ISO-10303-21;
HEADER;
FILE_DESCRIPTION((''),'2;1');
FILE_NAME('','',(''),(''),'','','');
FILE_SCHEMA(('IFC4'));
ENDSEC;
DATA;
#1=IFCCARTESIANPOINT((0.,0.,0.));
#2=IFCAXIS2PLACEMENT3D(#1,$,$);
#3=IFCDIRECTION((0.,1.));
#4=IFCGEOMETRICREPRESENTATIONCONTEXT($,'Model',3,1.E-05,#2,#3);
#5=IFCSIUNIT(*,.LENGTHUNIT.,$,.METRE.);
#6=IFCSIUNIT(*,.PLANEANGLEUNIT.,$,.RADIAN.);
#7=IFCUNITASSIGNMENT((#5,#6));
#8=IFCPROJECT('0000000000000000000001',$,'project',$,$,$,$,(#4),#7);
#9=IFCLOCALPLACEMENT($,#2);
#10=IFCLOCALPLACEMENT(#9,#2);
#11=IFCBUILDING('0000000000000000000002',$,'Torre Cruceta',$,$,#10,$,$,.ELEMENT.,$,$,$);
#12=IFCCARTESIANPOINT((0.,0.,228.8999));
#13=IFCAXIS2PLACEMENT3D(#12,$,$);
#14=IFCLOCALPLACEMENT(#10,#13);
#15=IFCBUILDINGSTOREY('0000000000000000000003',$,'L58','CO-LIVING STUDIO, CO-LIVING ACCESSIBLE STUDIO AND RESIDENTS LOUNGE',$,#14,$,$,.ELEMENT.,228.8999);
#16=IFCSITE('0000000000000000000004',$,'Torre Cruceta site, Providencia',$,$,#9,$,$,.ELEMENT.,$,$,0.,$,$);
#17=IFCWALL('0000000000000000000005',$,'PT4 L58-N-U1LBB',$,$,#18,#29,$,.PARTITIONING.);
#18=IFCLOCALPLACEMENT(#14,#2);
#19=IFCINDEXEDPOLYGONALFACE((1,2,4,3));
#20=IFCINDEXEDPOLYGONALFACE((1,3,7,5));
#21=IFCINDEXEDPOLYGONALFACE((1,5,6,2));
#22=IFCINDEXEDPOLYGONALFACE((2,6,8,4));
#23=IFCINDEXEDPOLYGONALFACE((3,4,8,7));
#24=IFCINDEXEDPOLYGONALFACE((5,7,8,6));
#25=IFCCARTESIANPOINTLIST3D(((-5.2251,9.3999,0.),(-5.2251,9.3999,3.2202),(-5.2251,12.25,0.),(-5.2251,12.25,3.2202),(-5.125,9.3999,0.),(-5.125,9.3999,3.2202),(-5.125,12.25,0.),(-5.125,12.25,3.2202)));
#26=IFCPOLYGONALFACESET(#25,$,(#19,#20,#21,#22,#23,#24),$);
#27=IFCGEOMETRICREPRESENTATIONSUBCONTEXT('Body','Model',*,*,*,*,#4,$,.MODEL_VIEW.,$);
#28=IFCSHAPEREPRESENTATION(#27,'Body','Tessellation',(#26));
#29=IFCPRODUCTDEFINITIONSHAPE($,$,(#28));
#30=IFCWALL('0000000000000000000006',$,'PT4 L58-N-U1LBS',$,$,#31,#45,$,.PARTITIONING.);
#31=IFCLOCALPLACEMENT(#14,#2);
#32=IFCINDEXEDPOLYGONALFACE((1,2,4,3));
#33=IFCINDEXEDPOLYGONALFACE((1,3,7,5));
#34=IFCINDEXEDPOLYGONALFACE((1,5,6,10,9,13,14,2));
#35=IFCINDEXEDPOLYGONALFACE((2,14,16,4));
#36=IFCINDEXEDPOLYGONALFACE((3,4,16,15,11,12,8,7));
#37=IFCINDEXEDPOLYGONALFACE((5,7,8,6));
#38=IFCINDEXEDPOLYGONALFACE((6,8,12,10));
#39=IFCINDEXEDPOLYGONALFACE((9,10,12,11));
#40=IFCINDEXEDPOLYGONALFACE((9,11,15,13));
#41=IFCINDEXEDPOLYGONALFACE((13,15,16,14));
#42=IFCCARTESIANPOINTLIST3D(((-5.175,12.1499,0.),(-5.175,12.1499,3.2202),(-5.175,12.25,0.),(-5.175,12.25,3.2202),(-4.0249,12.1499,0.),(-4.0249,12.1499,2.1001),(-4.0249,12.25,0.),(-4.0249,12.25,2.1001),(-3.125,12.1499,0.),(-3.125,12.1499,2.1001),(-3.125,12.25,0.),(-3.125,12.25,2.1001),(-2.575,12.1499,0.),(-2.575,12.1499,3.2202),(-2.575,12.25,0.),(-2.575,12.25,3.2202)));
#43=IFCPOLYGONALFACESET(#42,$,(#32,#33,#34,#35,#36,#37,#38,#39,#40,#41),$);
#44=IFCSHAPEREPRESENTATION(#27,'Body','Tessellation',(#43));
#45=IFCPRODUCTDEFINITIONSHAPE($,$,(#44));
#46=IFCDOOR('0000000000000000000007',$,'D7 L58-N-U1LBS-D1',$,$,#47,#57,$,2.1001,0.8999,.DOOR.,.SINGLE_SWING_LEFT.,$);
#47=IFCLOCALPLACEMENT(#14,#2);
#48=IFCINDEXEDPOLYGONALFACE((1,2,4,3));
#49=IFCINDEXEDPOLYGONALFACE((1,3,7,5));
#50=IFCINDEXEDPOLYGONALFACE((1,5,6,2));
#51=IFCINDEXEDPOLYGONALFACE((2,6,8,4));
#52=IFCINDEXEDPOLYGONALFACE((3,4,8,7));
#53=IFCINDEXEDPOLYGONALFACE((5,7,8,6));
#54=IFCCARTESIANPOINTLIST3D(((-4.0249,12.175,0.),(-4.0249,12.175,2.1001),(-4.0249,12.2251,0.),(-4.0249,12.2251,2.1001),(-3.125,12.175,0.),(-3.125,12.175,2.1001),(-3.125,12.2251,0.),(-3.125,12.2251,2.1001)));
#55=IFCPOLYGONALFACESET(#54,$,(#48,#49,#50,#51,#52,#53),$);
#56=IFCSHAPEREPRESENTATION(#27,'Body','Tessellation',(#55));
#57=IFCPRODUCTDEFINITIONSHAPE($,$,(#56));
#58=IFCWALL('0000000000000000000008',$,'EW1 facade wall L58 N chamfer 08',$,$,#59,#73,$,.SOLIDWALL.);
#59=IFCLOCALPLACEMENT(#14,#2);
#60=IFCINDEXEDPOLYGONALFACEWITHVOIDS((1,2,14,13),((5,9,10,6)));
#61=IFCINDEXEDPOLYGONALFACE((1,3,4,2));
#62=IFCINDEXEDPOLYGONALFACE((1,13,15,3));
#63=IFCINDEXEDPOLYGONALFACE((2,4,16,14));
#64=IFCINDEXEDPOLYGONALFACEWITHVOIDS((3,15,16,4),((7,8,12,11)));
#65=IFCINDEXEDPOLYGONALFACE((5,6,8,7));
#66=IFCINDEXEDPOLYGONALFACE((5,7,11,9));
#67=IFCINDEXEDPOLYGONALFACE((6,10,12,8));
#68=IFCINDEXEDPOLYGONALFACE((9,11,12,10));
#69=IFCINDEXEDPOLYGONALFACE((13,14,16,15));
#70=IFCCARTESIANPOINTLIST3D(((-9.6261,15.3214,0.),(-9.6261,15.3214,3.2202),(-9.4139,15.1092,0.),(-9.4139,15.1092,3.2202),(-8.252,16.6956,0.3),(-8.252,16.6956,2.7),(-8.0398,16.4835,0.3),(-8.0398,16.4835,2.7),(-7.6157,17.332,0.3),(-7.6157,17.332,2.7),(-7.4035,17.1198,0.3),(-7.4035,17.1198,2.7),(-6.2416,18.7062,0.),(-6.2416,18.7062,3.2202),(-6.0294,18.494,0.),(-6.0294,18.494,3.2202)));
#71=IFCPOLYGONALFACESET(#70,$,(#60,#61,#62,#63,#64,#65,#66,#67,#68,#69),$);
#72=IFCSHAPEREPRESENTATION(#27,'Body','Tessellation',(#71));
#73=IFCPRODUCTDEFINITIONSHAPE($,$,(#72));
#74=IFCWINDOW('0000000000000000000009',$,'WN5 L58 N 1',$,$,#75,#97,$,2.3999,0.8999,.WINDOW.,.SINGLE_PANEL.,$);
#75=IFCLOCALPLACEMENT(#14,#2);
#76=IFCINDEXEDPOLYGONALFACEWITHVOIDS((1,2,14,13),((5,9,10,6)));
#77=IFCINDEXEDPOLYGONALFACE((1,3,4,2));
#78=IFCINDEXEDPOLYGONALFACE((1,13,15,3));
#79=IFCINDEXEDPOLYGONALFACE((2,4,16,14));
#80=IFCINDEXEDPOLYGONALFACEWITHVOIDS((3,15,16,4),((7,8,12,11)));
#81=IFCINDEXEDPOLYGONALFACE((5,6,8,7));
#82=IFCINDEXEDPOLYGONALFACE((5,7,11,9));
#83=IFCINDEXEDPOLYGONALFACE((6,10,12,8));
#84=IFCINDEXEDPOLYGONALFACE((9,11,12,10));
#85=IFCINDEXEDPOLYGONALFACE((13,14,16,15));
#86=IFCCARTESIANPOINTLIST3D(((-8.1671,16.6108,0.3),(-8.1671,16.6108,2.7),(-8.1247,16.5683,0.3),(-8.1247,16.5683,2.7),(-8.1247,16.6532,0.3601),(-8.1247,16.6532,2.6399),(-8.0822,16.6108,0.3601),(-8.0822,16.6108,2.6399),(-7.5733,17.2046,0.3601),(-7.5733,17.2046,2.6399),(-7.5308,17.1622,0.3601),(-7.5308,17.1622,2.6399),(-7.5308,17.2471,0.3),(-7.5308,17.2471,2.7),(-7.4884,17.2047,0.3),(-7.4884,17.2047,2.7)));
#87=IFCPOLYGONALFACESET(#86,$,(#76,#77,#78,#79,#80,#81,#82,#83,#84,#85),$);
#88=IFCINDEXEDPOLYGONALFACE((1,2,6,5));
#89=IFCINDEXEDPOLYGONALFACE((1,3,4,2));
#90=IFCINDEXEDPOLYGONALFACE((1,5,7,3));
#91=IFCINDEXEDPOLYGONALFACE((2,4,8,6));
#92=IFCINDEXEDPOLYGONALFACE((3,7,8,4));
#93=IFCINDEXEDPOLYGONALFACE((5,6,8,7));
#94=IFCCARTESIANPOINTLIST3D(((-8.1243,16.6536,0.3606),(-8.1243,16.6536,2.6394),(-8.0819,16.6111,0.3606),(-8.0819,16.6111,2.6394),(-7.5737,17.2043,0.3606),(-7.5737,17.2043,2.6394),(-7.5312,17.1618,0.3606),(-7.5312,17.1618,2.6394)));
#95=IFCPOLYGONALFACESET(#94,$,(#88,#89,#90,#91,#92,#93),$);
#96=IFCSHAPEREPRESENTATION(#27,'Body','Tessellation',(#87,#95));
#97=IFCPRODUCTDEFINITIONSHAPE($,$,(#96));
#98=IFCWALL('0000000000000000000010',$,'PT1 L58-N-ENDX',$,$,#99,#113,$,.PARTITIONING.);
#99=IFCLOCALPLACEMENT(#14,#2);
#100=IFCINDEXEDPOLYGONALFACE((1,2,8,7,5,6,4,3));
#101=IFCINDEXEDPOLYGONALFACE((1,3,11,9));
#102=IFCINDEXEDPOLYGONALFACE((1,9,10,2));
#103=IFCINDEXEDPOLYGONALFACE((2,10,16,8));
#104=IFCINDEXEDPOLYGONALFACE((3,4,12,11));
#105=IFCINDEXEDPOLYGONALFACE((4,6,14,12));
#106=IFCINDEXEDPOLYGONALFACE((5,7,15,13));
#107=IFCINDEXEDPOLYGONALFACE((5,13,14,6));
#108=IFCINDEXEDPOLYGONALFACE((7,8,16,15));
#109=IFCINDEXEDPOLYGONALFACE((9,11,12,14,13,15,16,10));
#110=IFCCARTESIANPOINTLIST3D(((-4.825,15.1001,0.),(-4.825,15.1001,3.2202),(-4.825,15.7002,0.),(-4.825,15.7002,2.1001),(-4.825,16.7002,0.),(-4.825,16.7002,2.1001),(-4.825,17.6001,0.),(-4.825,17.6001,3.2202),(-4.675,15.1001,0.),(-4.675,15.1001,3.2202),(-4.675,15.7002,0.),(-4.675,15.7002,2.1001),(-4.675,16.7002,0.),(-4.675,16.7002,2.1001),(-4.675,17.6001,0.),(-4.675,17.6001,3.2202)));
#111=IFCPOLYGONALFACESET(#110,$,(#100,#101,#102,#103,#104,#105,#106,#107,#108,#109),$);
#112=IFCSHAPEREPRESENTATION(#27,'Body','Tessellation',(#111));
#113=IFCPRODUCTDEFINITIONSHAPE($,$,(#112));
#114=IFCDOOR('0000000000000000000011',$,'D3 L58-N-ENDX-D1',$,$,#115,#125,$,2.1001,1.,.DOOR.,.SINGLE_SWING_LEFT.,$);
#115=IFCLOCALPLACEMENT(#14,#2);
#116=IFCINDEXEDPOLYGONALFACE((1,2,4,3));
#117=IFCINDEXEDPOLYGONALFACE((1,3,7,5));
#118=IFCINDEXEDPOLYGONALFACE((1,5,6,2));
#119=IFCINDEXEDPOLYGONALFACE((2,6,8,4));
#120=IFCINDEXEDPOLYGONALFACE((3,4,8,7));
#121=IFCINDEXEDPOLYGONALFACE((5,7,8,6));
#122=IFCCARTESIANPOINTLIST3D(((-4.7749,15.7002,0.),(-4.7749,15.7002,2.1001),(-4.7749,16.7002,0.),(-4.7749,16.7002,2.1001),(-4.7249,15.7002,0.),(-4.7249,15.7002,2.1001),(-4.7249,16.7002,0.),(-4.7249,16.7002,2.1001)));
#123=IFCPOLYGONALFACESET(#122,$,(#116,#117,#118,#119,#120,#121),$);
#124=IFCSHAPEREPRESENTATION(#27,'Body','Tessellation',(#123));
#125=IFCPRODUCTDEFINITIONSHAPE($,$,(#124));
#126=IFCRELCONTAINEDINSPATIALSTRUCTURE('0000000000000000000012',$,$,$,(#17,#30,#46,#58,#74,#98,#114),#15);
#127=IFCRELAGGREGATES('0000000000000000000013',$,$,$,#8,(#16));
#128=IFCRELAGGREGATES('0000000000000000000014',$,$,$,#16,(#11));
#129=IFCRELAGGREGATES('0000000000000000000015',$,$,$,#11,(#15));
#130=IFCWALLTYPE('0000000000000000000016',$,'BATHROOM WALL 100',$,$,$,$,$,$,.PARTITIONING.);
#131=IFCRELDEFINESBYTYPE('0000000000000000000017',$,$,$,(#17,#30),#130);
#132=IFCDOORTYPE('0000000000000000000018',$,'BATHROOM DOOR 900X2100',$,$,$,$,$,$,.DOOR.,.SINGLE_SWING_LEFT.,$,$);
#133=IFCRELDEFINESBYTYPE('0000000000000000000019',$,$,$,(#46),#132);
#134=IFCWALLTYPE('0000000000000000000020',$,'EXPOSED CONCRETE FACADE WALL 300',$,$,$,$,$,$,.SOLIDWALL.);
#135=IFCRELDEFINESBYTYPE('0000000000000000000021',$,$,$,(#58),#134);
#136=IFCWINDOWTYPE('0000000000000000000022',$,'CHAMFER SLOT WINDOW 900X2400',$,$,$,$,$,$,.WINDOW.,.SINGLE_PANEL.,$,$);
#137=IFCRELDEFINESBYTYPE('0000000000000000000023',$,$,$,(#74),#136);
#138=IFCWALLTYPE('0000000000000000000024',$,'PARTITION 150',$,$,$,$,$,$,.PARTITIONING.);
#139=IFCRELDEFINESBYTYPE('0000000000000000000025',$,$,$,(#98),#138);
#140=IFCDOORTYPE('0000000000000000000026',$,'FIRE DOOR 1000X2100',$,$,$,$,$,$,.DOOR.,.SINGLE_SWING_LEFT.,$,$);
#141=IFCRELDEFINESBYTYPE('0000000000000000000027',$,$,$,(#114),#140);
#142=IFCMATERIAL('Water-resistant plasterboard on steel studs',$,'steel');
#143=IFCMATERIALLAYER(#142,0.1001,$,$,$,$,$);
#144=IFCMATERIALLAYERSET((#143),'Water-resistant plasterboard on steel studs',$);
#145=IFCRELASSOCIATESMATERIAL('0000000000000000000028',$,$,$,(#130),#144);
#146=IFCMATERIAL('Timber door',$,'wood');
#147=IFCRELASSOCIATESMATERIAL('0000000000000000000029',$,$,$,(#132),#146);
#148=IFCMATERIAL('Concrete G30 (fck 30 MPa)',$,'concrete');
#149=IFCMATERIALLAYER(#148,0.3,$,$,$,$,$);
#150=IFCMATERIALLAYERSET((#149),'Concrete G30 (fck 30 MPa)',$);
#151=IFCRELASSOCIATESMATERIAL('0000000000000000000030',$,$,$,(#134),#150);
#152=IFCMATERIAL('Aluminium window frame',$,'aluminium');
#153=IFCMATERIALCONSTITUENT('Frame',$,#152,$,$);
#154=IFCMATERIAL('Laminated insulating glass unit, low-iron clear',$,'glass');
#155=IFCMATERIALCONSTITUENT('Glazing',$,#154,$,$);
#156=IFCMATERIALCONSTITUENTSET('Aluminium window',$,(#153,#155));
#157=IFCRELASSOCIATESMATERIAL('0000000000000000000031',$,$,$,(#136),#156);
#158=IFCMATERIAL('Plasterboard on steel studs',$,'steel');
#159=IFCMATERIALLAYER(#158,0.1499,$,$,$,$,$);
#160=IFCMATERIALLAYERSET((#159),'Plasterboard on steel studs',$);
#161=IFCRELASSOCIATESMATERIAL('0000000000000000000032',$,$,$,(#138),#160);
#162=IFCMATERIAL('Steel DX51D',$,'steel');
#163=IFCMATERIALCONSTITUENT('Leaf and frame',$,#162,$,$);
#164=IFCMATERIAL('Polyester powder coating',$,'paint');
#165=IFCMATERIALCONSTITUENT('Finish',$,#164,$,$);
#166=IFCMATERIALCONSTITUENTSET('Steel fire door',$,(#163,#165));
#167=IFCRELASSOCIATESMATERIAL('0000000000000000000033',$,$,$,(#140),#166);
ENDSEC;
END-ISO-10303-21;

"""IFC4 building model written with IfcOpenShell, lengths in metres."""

from ifc_helpers import new_model, si_unit, direction, frame, frame_2d, origin, place, context, subcontext, project, spatial, rectangle, hollow_rectangle, extrude, material, layer, layer_set, constituent, constituent_set, type_object, element, fill, save


model = new_model("IFC4")

# Units and contexts
model_context = context("Model", 3, precision=1e-05, world=origin(), true_north=direction((0.0, 1.0)))
body_context = subcontext(model_context, "Body", "Model", "MODEL_VIEW")
ifc_project = project(units=[si_unit("LENGTHUNIT", "METRE"), si_unit("PLANEANGLEUNIT", "RADIAN")], contexts=[model_context])

# Site, building, storey
site_placement = place(None, origin())
site = spatial("IfcSite", under=ifc_project, at=site_placement, Name="Torre Cruceta site, Providencia", CompositionType="ELEMENT", RefElevation=0.0)
building_placement = place(site_placement, origin())
building = spatial("IfcBuilding", under=site, at=building_placement, Name="Torre Cruceta", CompositionType="ELEMENT")
storey_placement = place(building_placement, frame((0.0, 0.0, 228.8999)))
storey = spatial("IfcBuildingStorey", under=building, at=storey_placement, Name="L58", Description="CO-LIVING STUDIO, CO-LIVING ACCESSIBLE STUDIO AND RESIDENTS LOUNGE", CompositionType="ELEMENT", Elevation=228.8999)

# Wall
ifc_material_1 = material(Name="Water-resistant plasterboard on steel studs", Category="steel")
ifc_layer_1 = layer(ifc_material_1, 0.1001)
ifc_layer_set_1 = layer_set([ifc_layer_1], Name="Water-resistant plasterboard on steel studs")
wall_type_1 = type_object("IfcWallType", Name="BATHROOM WALL 100", PredefinedType="PARTITIONING", material=ifc_layer_set_1)
wall_1_placement = place(storey_placement, frame((-5.175, 9.3999, 0.0), z_axis=(0.0, 0.0, 1.0), x_axis=(0.0, 1.0, 0.0)))
element("IfcWall", 1, at=wall_1_placement, inside=storey, type_object=wall_type_1, Name="PT4 L58-N-U1LBB", PredefinedType="PARTITIONING", context=body_context, shape_type="SweptSolid", body=[
    extrude(rectangle(XDim=2.8501, YDim=0.1001, at=frame_2d((1.425, 0.0))), origin(), (0.0, 0.0, 1.0), 3.2202),
])

# Wall, opening, door
wall_2_placement = place(storey_placement, frame((-2.575, 12.2, 0.0), z_axis=(0.0, 0.0, 1.0), x_axis=(-1.0, 0.0, 0.0)))
wall_2 = element("IfcWall", 2, at=wall_2_placement, inside=storey, type_object=wall_type_1, Name="PT4 L58-N-U1LBS", PredefinedType="PARTITIONING", context=body_context, shape_type="SweptSolid", body=[
    extrude(rectangle(XDim=2.6001, YDim=0.1001, at=frame_2d((1.3, 0.0))), origin(), (0.0, 0.0, 1.0), 3.2202),
])
opening_1_placement = place(wall_2_placement, frame((0.55, 0.0, 0.0)))
opening_1 = element("IfcOpeningElement", 3, at=opening_1_placement, cuts=wall_2, PredefinedType="OPENING", context=body_context, shape_type="SweptSolid", body=[
    extrude(rectangle(XDim=0.8999, YDim=2.1001, at=frame_2d((0.45, 1.05))), frame((0.0, 0.0601, 0.0), z_axis=(0.0, -1.0, 0.0), x_axis=(1.0, 0.0, 0.0)), (0.0, 0.0, 1.0), 0.1201),
])
ifc_material_2 = material(Name="Timber door", Category="wood")
door_type_1 = type_object("IfcDoorType", Name="BATHROOM DOOR 900X2100", OperationType="SINGLE_SWING_LEFT", PredefinedType="DOOR", material=ifc_material_2)
door_1_placement = place(opening_1_placement, origin())
door_1 = element("IfcDoor", 4, at=door_1_placement, inside=storey, type_object=door_type_1, Name="D7 L58-N-U1LBS-D1", OperationType="SINGLE_SWING_LEFT", OverallHeight=2.1001, OverallWidth=0.8999, PredefinedType="DOOR", context=body_context, shape_type="SweptSolid", body=[
    extrude(rectangle(XDim=0.8999, YDim=2.1001, at=frame_2d((0.45, 1.05))), frame((0.0, 0.0249, 0.0), z_axis=(0.0, -1.0, 0.0), x_axis=(1.0, 0.0, 0.0)), (0.0, 0.0, 1.0), 0.05),
])
fill(opening_1, door_1)

# Wall, opening, window
ifc_material_3 = material(Name="Concrete G30 (fck 30 MPa)", Category="concrete")
ifc_layer_2 = layer(ifc_material_3, 0.3)
ifc_layer_set_2 = layer_set([ifc_layer_2], Name="Concrete G30 (fck 30 MPa)")
wall_type_2 = type_object("IfcWallType", Name="EXPOSED CONCRETE FACADE WALL 300", PredefinedType="SOLIDWALL", material=ifc_layer_set_2)
wall_3_placement = place(storey_placement, frame((-6.1355, 18.6001, 0.0), z_axis=(0.0, 0.0, 1.0), x_axis=(-0.707081, -0.707132, 0.0)))
wall_3 = element("IfcWall", 5, at=wall_3_placement, inside=storey, type_object=wall_type_2, Name="EW1 facade wall L58 N chamfer 08", PredefinedType="SOLIDWALL", context=body_context, shape_type="SweptSolid", body=[
    extrude(rectangle(XDim=4.7866, YDim=0.3, at=frame_2d((2.3933, 0.0))), origin(), (0.0, 0.0, 1.0), 3.2202),
])
opening_2_placement = place(wall_3_placement, frame((1.9434, 0.0, 0.3)))
opening_2 = element("IfcOpeningElement", 6, at=opening_2_placement, cuts=wall_3, PredefinedType="OPENING", context=body_context, shape_type="SweptSolid", body=[
    extrude(rectangle(XDim=0.8999, YDim=2.3999, at=frame_2d((0.45, 1.2))), frame((0.0, 0.1599, 0.0), z_axis=(0.0, -1.0, 0.0), x_axis=(1.0, 0.0, 0.0)), (0.0, 0.0, 1.0), 0.3201),
])
ifc_material_4 = material(Name="Aluminium window frame", Category="aluminium")
ifc_constituent_1 = constituent(ifc_material_4, Name="Frame")
ifc_material_5 = material(Name="Laminated insulating glass unit, low-iron clear", Category="glass")
ifc_constituent_2 = constituent(ifc_material_5, Name="Glazing")
ifc_constituent_set_1 = constituent_set(constituents=[ifc_constituent_1, ifc_constituent_2], Name="Aluminium window")
window_type = type_object("IfcWindowType", Name="CHAMFER SLOT WINDOW 900X2400", PartitioningType="SINGLE_PANEL", PredefinedType="WINDOW", material=ifc_constituent_set_1)
window_placement = place(opening_2_placement, origin())
window = element("IfcWindow", 7, at=window_placement, inside=storey, type_object=window_type, Name="WN5 L58 N 1", OverallHeight=2.3999, OverallWidth=0.8999, PartitioningType="SINGLE_PANEL", PredefinedType="WINDOW", context=body_context, shape_type="SweptSolid", body=[
    extrude(hollow_rectangle(XDim=0.8999, YDim=2.3999, WallThickness=0.0601, at=frame_2d((0.45, 1.2))), frame((0.0, 0.03, 0.0), z_axis=(0.0, -1.0, 0.0), x_axis=(1.0, 0.0, 0.0)), (0.0, 0.0, 1.0), 0.0601),
    extrude(rectangle(XDim=0.7788, YDim=2.2788, at=frame_2d((0.45, 1.2))), frame((0.0, 0.03, 0.0), z_axis=(0.0, -1.0, 0.0), x_axis=(1.0, 0.0, 0.0)), (0.0, 0.0, 1.0), 0.0601),
])
fill(opening_2, window)

# Wall, opening, door
ifc_material_6 = material(Name="Plasterboard on steel studs", Category="steel")
ifc_layer_3 = layer(ifc_material_6, 0.1499)
ifc_layer_set_3 = layer_set([ifc_layer_3], Name="Plasterboard on steel studs")
wall_type_3 = type_object("IfcWallType", Name="PARTITION 150", PredefinedType="PARTITIONING", material=ifc_layer_set_3)
wall_4_placement = place(storey_placement, frame((-4.75, 15.1001, 0.0), z_axis=(0.0, 0.0, 1.0), x_axis=(0.0, 1.0, 0.0)))
wall_4 = element("IfcWall", 8, at=wall_4_placement, inside=storey, type_object=wall_type_3, Name="PT1 L58-N-ENDX", PredefinedType="PARTITIONING", context=body_context, shape_type="SweptSolid", body=[
    extrude(rectangle(XDim=2.5, YDim=0.1499, at=frame_2d((1.25, 0.0))), origin(), (0.0, 0.0, 1.0), 3.2202),
])
opening_3_placement = place(wall_4_placement, frame((0.6001, 0.0, 0.0)))
opening_3 = element("IfcOpeningElement", 9, at=opening_3_placement, cuts=wall_4, PredefinedType="OPENING", context=body_context, shape_type="SweptSolid", body=[
    extrude(rectangle(XDim=1.0, YDim=2.1001, at=frame_2d((0.5, 1.05))), frame((0.0, 0.085, 0.0), z_axis=(0.0, -1.0, 0.0), x_axis=(1.0, 0.0, 0.0)), (0.0, 0.0, 1.0), 0.1699),
])
ifc_material_7 = material(Name="Steel DX51D", Category="steel")
ifc_constituent_3 = constituent(ifc_material_7, Name="Leaf and frame")
ifc_material_8 = material(Name="Polyester powder coating", Category="paint")
ifc_constituent_4 = constituent(ifc_material_8, Name="Finish")
ifc_constituent_set_2 = constituent_set(constituents=[ifc_constituent_3, ifc_constituent_4], Name="Steel fire door")
door_type_2 = type_object("IfcDoorType", Name="FIRE DOOR 1000X2100", OperationType="SINGLE_SWING_LEFT", PredefinedType="DOOR", material=ifc_constituent_set_2)
door_2_placement = place(opening_3_placement, origin())
door_2 = element("IfcDoor", 10, at=door_2_placement, inside=storey, type_object=door_type_2, Name="D3 L58-N-ENDX-D1", OperationType="SINGLE_SWING_LEFT", OverallHeight=2.1001, OverallWidth=1.0, PredefinedType="DOOR", context=body_context, shape_type="SweptSolid", body=[
    extrude(rectangle(XDim=1.0, YDim=2.1001, at=frame_2d((0.5, 1.05))), frame((0.0, 0.0249, 0.0), z_axis=(0.0, -1.0, 0.0), x_axis=(1.0, 0.0, 0.0)), (0.0, 0.0, 1.0), 0.05),
])
fill(opening_3, door_2)

save(model, "model.ifc")
